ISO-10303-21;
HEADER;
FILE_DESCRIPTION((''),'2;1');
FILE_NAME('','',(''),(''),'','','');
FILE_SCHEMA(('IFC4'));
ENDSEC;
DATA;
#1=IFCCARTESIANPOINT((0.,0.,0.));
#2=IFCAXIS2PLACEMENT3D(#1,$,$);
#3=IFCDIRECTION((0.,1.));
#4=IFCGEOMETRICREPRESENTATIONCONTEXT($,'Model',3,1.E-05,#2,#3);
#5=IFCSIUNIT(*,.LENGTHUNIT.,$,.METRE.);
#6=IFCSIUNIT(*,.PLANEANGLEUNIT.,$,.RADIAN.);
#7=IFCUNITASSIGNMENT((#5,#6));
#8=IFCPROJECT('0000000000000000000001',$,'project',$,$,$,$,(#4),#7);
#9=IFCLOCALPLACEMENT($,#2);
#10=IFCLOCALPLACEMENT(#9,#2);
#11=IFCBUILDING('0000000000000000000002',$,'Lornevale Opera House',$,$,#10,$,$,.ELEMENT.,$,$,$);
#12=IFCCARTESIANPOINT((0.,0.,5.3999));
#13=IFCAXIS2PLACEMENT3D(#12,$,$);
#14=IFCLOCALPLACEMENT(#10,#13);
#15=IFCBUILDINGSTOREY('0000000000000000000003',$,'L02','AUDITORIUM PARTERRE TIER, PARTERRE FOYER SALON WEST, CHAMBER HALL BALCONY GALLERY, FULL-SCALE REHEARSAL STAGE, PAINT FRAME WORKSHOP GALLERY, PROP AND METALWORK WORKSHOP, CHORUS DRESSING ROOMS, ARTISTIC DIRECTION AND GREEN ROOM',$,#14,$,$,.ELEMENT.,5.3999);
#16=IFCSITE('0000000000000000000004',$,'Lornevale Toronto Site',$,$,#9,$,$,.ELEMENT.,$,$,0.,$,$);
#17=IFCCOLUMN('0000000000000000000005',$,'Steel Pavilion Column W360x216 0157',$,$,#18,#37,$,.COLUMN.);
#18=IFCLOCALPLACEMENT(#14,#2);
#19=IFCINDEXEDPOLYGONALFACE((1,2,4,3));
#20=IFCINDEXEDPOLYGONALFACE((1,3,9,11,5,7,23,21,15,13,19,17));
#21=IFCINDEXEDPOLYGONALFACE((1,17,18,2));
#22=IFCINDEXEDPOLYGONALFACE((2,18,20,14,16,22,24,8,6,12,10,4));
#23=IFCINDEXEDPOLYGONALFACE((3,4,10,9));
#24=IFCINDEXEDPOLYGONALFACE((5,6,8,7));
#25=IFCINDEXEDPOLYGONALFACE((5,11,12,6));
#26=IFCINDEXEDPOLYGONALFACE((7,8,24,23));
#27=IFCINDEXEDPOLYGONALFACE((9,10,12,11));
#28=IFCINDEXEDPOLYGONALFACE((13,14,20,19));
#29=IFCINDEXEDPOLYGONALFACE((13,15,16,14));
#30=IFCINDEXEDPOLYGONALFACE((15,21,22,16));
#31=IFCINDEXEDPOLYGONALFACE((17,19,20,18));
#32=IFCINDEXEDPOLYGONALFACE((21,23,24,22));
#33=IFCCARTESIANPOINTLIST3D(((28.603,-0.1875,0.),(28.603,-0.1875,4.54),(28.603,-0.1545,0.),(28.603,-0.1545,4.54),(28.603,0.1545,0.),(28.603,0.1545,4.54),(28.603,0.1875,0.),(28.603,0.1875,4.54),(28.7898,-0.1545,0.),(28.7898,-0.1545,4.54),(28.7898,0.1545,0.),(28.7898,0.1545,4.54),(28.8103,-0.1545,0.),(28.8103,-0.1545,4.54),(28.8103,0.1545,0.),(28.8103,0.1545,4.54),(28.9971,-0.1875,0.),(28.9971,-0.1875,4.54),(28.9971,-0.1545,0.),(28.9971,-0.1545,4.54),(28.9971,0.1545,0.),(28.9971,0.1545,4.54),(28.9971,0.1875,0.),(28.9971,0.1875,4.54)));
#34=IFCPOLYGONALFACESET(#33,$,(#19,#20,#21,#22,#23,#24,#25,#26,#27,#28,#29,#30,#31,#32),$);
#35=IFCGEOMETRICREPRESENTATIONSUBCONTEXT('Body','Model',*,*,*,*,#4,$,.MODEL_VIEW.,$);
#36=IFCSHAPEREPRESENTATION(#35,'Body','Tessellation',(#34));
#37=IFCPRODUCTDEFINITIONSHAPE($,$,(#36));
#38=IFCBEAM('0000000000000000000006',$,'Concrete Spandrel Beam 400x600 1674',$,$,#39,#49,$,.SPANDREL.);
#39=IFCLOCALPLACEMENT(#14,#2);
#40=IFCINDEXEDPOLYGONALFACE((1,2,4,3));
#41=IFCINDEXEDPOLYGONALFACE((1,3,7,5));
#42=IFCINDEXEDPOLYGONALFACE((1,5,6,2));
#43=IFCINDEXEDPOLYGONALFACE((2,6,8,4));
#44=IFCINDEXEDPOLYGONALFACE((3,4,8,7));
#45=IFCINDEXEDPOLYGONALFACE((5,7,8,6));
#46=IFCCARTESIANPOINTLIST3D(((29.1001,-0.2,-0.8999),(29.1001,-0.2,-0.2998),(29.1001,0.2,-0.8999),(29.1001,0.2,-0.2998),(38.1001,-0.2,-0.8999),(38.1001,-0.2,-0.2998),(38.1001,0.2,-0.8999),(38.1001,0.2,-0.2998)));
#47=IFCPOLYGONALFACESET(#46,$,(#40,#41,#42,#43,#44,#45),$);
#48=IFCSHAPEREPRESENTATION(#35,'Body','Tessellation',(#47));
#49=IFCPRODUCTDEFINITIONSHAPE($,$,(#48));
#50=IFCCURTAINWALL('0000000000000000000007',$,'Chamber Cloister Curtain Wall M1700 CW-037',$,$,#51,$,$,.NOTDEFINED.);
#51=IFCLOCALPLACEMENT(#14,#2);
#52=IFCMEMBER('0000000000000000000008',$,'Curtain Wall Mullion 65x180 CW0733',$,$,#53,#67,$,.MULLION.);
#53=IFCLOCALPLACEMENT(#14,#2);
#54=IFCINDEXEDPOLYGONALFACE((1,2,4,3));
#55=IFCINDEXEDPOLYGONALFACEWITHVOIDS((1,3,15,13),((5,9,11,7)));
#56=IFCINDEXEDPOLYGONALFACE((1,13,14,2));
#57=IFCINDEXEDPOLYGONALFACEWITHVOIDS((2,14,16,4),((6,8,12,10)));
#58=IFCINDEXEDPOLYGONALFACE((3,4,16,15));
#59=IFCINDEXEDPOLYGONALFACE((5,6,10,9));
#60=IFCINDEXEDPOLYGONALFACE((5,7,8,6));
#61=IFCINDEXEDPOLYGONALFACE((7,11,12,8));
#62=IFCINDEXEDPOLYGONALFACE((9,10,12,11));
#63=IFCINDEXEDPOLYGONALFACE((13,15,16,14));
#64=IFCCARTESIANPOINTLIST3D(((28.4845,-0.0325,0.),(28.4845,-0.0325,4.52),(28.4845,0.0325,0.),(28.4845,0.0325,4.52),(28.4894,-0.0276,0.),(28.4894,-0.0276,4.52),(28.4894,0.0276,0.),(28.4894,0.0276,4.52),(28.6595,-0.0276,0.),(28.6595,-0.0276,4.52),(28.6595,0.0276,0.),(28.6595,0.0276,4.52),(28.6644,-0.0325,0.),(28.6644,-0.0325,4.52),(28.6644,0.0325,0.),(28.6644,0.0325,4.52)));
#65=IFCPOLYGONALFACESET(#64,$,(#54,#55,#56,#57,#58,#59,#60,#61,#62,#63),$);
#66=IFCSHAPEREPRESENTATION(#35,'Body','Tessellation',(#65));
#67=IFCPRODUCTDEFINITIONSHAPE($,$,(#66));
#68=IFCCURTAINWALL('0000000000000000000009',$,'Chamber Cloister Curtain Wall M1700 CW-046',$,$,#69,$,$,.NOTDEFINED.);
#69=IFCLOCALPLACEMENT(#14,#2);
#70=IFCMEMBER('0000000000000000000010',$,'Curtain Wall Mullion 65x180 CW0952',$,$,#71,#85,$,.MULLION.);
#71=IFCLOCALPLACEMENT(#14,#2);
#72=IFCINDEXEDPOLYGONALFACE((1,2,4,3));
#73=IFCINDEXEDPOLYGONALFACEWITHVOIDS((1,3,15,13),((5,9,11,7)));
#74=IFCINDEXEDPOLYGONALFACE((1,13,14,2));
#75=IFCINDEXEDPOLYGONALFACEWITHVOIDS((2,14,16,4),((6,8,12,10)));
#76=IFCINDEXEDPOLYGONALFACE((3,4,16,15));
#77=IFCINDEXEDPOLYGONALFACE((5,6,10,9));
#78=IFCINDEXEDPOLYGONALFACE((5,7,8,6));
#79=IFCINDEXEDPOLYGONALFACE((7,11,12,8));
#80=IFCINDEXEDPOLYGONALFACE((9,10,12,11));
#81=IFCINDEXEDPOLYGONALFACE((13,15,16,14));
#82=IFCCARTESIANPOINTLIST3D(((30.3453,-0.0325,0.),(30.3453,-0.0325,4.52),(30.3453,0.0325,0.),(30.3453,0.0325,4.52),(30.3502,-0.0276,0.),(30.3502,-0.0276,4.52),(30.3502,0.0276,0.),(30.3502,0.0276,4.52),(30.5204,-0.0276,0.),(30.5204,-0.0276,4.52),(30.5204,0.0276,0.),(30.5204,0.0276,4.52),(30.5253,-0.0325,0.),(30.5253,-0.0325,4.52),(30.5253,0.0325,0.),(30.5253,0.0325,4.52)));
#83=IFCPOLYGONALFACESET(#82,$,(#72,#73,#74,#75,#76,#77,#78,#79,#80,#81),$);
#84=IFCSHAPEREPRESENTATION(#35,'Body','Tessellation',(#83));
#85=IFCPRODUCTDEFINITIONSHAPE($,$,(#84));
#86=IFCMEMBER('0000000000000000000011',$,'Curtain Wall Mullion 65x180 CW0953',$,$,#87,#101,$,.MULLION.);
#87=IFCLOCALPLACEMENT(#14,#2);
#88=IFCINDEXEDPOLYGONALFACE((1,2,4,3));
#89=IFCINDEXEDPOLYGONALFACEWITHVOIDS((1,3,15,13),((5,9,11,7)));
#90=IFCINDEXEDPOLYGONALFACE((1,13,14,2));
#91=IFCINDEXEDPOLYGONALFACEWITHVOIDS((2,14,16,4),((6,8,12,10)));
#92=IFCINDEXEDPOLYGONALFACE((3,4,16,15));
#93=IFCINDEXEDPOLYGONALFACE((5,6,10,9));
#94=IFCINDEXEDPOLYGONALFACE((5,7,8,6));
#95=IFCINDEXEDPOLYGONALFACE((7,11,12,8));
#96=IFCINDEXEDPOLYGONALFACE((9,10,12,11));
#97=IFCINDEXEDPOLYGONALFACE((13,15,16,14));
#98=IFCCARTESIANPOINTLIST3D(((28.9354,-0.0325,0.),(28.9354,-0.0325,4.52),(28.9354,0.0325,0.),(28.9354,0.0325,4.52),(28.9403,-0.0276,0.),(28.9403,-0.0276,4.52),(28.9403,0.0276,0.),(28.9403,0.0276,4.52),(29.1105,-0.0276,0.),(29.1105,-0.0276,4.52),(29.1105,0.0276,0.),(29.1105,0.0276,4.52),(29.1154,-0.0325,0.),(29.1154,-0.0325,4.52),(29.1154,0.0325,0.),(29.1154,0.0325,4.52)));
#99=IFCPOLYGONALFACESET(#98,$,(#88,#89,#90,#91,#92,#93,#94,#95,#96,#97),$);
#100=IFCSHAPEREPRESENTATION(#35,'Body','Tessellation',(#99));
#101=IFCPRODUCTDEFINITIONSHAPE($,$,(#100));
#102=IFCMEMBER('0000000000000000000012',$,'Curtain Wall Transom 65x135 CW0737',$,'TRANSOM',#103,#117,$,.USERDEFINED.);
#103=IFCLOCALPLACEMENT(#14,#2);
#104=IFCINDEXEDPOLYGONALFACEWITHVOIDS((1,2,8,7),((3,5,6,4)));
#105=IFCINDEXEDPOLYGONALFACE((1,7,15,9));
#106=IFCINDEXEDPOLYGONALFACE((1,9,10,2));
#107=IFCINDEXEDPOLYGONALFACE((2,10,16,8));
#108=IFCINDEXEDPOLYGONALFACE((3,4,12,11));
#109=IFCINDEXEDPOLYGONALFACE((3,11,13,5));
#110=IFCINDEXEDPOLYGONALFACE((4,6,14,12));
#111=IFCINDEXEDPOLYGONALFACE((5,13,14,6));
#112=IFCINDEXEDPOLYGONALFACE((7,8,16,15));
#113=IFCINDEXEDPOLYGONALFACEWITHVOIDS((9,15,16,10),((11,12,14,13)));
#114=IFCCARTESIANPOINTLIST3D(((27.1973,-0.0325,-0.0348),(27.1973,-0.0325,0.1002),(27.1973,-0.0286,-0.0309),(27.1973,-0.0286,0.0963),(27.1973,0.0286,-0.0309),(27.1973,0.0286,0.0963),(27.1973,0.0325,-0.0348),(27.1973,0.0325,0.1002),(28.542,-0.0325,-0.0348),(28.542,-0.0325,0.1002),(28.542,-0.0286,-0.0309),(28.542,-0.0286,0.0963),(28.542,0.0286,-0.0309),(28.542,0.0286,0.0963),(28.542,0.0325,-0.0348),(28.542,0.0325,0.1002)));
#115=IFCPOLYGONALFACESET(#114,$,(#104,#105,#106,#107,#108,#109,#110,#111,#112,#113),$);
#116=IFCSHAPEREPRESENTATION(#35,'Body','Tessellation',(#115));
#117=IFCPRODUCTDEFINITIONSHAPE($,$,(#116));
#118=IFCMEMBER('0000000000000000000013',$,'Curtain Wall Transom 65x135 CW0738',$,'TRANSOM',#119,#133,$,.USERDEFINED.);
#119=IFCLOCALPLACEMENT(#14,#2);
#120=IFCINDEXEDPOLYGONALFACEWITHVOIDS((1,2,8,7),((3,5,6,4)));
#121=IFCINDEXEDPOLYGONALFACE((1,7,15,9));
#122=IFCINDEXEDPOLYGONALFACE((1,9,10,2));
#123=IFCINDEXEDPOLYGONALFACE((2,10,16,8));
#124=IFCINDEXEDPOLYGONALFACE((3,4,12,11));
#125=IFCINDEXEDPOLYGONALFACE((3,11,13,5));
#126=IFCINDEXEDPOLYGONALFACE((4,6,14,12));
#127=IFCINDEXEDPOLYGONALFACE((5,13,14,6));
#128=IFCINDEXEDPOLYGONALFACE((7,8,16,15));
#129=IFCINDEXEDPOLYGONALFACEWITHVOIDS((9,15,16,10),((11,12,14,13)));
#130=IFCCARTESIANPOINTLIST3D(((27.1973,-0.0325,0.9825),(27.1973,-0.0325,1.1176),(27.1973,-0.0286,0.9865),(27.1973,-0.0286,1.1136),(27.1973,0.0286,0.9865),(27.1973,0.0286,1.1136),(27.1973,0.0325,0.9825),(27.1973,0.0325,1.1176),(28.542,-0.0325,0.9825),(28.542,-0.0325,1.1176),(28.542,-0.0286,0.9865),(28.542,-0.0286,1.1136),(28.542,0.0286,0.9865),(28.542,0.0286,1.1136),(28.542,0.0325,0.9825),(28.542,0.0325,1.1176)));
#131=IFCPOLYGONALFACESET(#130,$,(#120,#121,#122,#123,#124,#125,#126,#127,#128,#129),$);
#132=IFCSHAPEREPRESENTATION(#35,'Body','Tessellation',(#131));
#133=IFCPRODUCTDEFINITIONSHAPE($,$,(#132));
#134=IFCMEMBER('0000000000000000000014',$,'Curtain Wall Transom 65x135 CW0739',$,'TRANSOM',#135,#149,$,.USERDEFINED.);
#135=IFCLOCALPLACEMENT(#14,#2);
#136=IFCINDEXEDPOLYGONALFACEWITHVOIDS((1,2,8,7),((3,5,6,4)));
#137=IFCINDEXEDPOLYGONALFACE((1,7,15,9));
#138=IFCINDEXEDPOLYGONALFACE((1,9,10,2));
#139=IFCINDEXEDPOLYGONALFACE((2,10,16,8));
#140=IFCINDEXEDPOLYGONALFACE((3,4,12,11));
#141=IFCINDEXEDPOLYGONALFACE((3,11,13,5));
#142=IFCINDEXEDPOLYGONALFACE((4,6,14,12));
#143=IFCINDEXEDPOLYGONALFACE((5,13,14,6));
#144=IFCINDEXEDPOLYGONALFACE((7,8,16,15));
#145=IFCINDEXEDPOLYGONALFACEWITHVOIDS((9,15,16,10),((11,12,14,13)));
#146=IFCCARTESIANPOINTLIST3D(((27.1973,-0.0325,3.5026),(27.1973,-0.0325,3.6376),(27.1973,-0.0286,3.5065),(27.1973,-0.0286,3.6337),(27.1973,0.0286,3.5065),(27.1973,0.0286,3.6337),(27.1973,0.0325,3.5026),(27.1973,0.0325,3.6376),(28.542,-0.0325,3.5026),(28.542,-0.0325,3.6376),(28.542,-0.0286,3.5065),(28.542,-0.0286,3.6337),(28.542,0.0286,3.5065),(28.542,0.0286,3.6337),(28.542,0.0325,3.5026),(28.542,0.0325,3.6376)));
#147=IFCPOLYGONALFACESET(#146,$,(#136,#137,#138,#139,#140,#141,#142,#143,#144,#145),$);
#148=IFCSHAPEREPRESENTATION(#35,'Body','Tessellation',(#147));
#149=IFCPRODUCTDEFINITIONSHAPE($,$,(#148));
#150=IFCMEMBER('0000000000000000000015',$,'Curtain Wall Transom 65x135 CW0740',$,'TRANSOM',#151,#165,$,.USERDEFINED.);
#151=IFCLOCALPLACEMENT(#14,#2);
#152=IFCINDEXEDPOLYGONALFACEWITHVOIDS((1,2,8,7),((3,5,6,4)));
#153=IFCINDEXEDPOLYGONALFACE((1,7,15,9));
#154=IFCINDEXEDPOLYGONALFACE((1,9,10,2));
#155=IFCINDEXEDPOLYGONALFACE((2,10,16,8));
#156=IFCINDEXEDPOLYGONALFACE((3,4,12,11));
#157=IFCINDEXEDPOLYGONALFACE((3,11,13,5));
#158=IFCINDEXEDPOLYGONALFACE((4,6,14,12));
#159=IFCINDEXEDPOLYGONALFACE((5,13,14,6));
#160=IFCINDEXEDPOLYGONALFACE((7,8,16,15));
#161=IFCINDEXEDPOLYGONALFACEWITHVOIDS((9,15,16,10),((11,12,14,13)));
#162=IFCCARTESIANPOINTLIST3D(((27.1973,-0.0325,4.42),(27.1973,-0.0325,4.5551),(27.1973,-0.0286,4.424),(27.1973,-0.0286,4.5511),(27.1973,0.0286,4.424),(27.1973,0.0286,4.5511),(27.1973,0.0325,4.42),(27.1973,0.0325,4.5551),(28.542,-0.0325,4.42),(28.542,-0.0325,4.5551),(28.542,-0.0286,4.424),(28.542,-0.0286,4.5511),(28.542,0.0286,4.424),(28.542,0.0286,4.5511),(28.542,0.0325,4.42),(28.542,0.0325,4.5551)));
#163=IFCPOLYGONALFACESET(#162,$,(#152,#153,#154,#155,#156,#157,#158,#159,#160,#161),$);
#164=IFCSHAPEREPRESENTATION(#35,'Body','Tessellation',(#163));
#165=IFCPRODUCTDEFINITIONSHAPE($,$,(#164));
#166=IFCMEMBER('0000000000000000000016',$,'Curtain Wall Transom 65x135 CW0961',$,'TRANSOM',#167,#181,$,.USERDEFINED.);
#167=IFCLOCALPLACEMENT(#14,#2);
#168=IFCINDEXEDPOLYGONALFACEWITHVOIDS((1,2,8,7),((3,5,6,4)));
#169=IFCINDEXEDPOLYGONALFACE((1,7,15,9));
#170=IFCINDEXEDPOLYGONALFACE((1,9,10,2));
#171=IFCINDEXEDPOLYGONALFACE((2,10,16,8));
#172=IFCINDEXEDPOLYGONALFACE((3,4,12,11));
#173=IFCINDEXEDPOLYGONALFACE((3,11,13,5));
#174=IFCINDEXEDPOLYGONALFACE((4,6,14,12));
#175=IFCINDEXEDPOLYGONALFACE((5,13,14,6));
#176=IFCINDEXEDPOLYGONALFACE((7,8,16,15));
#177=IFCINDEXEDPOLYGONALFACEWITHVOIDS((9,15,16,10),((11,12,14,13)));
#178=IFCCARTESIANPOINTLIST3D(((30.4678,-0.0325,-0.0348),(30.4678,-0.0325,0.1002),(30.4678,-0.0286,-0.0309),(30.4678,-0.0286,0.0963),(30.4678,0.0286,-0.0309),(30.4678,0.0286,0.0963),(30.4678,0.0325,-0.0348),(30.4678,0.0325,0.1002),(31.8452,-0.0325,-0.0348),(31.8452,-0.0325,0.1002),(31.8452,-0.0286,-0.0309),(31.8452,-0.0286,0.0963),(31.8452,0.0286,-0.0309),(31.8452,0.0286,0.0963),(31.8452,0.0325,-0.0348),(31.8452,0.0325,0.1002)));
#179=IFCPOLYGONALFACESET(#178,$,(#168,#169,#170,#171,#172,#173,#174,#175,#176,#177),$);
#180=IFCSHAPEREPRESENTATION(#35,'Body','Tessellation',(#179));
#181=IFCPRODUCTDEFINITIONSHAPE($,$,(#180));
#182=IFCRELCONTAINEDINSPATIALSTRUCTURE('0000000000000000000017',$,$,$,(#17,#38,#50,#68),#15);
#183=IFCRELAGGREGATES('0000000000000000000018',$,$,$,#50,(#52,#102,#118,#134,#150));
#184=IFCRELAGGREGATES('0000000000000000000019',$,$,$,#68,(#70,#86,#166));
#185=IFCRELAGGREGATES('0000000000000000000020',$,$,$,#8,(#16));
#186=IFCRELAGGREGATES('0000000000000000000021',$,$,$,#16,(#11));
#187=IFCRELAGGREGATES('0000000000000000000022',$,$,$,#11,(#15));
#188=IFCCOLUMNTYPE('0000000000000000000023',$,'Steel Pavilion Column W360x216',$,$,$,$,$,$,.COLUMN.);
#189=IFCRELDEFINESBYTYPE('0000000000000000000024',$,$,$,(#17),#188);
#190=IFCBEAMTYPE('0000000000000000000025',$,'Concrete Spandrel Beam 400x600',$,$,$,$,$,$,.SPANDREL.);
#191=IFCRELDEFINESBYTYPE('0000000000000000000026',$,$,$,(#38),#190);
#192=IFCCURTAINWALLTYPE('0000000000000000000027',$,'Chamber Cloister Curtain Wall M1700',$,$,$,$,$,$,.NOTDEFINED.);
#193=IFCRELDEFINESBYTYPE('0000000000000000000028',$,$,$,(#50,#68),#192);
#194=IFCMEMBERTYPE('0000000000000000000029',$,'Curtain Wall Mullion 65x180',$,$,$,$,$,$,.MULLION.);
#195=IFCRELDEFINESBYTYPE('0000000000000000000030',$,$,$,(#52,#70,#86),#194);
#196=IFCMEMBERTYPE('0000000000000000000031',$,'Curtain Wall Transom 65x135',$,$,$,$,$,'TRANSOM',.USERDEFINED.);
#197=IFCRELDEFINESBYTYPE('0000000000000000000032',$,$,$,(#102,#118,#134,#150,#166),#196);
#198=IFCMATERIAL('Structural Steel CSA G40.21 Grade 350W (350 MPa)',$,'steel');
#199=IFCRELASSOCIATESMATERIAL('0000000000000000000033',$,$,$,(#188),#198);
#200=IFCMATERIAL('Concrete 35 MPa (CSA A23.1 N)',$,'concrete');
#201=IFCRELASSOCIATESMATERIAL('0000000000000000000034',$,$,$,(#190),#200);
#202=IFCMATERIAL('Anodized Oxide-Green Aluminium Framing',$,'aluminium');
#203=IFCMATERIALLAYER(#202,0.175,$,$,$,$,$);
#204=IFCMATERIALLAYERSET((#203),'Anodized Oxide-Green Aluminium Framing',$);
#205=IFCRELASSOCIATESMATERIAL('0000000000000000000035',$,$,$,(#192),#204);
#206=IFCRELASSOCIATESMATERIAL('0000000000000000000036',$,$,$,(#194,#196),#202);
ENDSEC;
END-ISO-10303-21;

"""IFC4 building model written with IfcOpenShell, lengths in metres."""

from ifc_helpers import new_model, si_unit, direction, frame, origin, origin_2d, place, context, subcontext, project, spatial, rectangle, hollow_rectangle, i_section, extrude, material, layer, layer_set, material_profile, profile_set, type_object, element, aggregate, save


model = new_model("IFC4")

# Units and contexts
model_context = context("Model", 3, precision=1e-05, world=origin(), true_north=direction((0.0, 1.0)))
body_context = subcontext(model_context, "Body", "Model", "MODEL_VIEW")
ifc_project = project(units=[si_unit("LENGTHUNIT", "METRE"), si_unit("PLANEANGLEUNIT", "RADIAN")], contexts=[model_context])

# Site, building, storey
site_placement = place(None, origin())
site = spatial("IfcSite", under=ifc_project, at=site_placement, Name="Lornevale Toronto Site", CompositionType="ELEMENT", RefElevation=0.0)
building_placement = place(site_placement, origin())
building = spatial("IfcBuilding", under=site, at=building_placement, Name="Lornevale Opera House", CompositionType="ELEMENT")
storey_placement = place(building_placement, frame((0.0, 0.0, 5.3999)))
storey = spatial("IfcBuildingStorey", under=building, at=storey_placement, Name="L02", Description="AUDITORIUM PARTERRE TIER, PARTERRE FOYER SALON WEST, CHAMBER HALL BALCONY GALLERY, FULL-SCALE REHEARSAL STAGE, PAINT FRAME WORKSHOP GALLERY, PROP AND METALWORK WORKSHOP, CHORUS DRESSING ROOMS, ARTISTIC DIRECTION AND GREEN ROOM", CompositionType="ELEMENT", Elevation=5.3999)

# Column
ifc_material_1 = material(Name="Structural Steel CSA G40.21 Grade 350W (350 MPa)", Category="steel")
ifc_material_profile_1 = material_profile(ifc_material_1, i_section(OverallWidth=0.394, OverallDepth=0.375, WebThickness=0.0205, FlangeThickness=0.033, at=origin_2d()), Name="W360x216")
ifc_profile_set_1 = profile_set([ifc_material_profile_1], Name="Structural Steel CSA G40.21 Grade 350W (350 MPa)")
column_type = type_object("IfcColumnType", Name="Steel Pavilion Column W360x216", PredefinedType="COLUMN", material=ifc_profile_set_1)
column_placement = place(storey_placement, frame((28.8, 0.0, 0.0), z_axis=(0.0, 0.0, 1.0), x_axis=(1.0, 0.0, 0.0)))
element("IfcColumn", 1, at=column_placement, inside=storey, type_object=column_type, Name="Steel Pavilion Column W360x216 0157", PredefinedType="COLUMN", context=body_context, shape_type="SweptSolid", body=[
    extrude(i_section(OverallWidth=0.394, OverallDepth=0.375, WebThickness=0.0205, FlangeThickness=0.033, at=origin_2d()), origin(), (0.0, 0.0, 1.0), 4.54),
])

# Beam
ifc_material_2 = material(Name="Concrete 35 MPa (CSA A23.1 N)", Category="concrete")
ifc_material_profile_2 = material_profile(ifc_material_2, rectangle(XDim=0.3999, YDim=0.6001, at=origin_2d()), Name="RC400x600")
ifc_profile_set_2 = profile_set([ifc_material_profile_2], Name="Concrete 35 MPa (CSA A23.1 N)")
beam_type = type_object("IfcBeamType", Name="Concrete Spandrel Beam 400x600", PredefinedType="SPANDREL", material=ifc_profile_set_2)
beam_placement = place(storey_placement, frame((29.1001, 0.0, -0.5999), z_axis=(1.0, 0.0, 0.0), x_axis=(0.0, 1.0, 0.0)))
element("IfcBeam", 2, at=beam_placement, inside=storey, type_object=beam_type, Name="Concrete Spandrel Beam 400x600 1674", PredefinedType="SPANDREL", context=body_context, shape_type="SweptSolid", body=[
    extrude(rectangle(XDim=0.3999, YDim=0.6001, at=origin_2d()), origin(), (0.0, 0.0, 1.0), 9.0),
])

# Curtain wall, member
ifc_material_3 = material(Name="Anodized Oxide-Green Aluminium Framing", Category="aluminium")
ifc_layer_1 = layer(ifc_material_3, 0.175)
ifc_layer_set_1 = layer_set([ifc_layer_1], Name="Anodized Oxide-Green Aluminium Framing")
curtain_wall_type = type_object("IfcCurtainWallType", Name="Chamber Cloister Curtain Wall M1700", PredefinedType="NOTDEFINED", material=ifc_layer_set_1)
curtain_wall_1_placement = place(storey_placement, origin())
curtain_wall_1 = element("IfcCurtainWall", 3, at=curtain_wall_1_placement, inside=storey, type_object=curtain_wall_type, Name="Chamber Cloister Curtain Wall M1700 CW-037", PredefinedType="NOTDEFINED")
ifc_material_profile_3 = material_profile(ifc_material_3, hollow_rectangle(XDim=0.0649, YDim=0.1799, WallThickness=0.0049, at=origin_2d()), Name="ALU65x180x5")
ifc_profile_set_3 = profile_set([ifc_material_profile_3], Name="Anodized Oxide-Green Aluminium Framing")
member_type_1 = type_object("IfcMemberType", Name="Curtain Wall Mullion 65x180", PredefinedType="MULLION", material=ifc_profile_set_3)
member_1_placement = place(storey_placement, frame((28.5745, 0.0, 0.0), z_axis=(0.0, 0.0, 1.0), x_axis=(0.0, -1.0, 0.0)))
member_1 = element("IfcMember", 4, at=member_1_placement, type_object=member_type_1, Name="Curtain Wall Mullion 65x180 CW0733", PredefinedType="MULLION", context=body_context, shape_type="SweptSolid", body=[
    extrude(hollow_rectangle(XDim=0.0649, YDim=0.1799, WallThickness=0.0049, at=origin_2d()), origin(), (0.0, 0.0, 1.0), 4.52),
])

# Curtain wall, members
curtain_wall_2_placement = place(storey_placement, origin())
curtain_wall_2 = element("IfcCurtainWall", 5, at=curtain_wall_2_placement, inside=storey, type_object=curtain_wall_type, Name="Chamber Cloister Curtain Wall M1700 CW-046", PredefinedType="NOTDEFINED")
member_2_placement = place(storey_placement, frame((30.4353, 0.0, 0.0), z_axis=(0.0, 0.0, 1.0), x_axis=(0.0, -1.0, 0.0)))
member_2 = element("IfcMember", 6, at=member_2_placement, type_object=member_type_1, Name="Curtain Wall Mullion 65x180 CW0952", PredefinedType="MULLION", context=body_context, shape_type="SweptSolid", body=[
    extrude(hollow_rectangle(XDim=0.0649, YDim=0.1799, WallThickness=0.0049, at=origin_2d()), origin(), (0.0, 0.0, 1.0), 4.52),
])
member_3_placement = place(storey_placement, frame((29.0254, 0.0, 0.0), z_axis=(0.0, 0.0, 1.0), x_axis=(0.0, -1.0, 0.0)))
member_3 = element("IfcMember", 7, at=member_3_placement, type_object=member_type_1, Name="Curtain Wall Mullion 65x180 CW0953", PredefinedType="MULLION", context=body_context, shape_type="SweptSolid", body=[
    extrude(hollow_rectangle(XDim=0.0649, YDim=0.1799, WallThickness=0.0049, at=origin_2d()), origin(), (0.0, 0.0, 1.0), 4.52),
])

# Members
ifc_material_profile_4 = material_profile(ifc_material_3, hollow_rectangle(XDim=0.0649, YDim=0.135, WallThickness=0.0039, at=origin_2d()), Name="ALU65x135x4")
ifc_profile_set_4 = profile_set([ifc_material_profile_4], Name="Anodized Oxide-Green Aluminium Framing")
member_type_2 = type_object("IfcMemberType", Name="Curtain Wall Transom 65x135", ElementType="TRANSOM", PredefinedType="USERDEFINED", material=ifc_profile_set_4)
member_4_placement = place(storey_placement, frame((28.542, 0.0, 0.0327), z_axis=(-1.0, 0.0, 0.0), x_axis=(0.0, -1.0, 0.0)))
member_4 = element("IfcMember", 8, at=member_4_placement, type_object=member_type_2, Name="Curtain Wall Transom 65x135 CW0737", ObjectType="TRANSOM", PredefinedType="USERDEFINED", context=body_context, shape_type="SweptSolid", body=[
    extrude(hollow_rectangle(XDim=0.0649, YDim=0.135, WallThickness=0.0039, at=origin_2d()), origin(), (0.0, 0.0, 1.0), 1.3447),
])
member_5_placement = place(storey_placement, frame((28.542, 0.0, 1.05), z_axis=(-1.0, 0.0, 0.0), x_axis=(0.0, -1.0, 0.0)))
member_5 = element("IfcMember", 9, at=member_5_placement, type_object=member_type_2, Name="Curtain Wall Transom 65x135 CW0738", ObjectType="TRANSOM", PredefinedType="USERDEFINED", context=body_context, shape_type="SweptSolid", body=[
    extrude(hollow_rectangle(XDim=0.0649, YDim=0.135, WallThickness=0.0039, at=origin_2d()), origin(), (0.0, 0.0, 1.0), 1.3447),
])
member_6_placement = place(storey_placement, frame((28.542, 0.0, 3.5701), z_axis=(-1.0, 0.0, 0.0), x_axis=(0.0, -1.0, 0.0)))
member_6 = element("IfcMember", 10, at=member_6_placement, type_object=member_type_2, Name="Curtain Wall Transom 65x135 CW0739", ObjectType="TRANSOM", PredefinedType="USERDEFINED", context=body_context, shape_type="SweptSolid", body=[
    extrude(hollow_rectangle(XDim=0.0649, YDim=0.135, WallThickness=0.0039, at=origin_2d()), origin(), (0.0, 0.0, 1.0), 1.3447),
])
member_7_placement = place(storey_placement, frame((28.542, 0.0, 4.4875), z_axis=(-1.0, 0.0, 0.0), x_axis=(0.0, -1.0, 0.0)))
member_7 = element("IfcMember", 11, at=member_7_placement, type_object=member_type_2, Name="Curtain Wall Transom 65x135 CW0740", ObjectType="TRANSOM", PredefinedType="USERDEFINED", context=body_context, shape_type="SweptSolid", body=[
    extrude(hollow_rectangle(XDim=0.0649, YDim=0.135, WallThickness=0.0039, at=origin_2d()), origin(), (0.0, 0.0, 1.0), 1.3447),
])
aggregate(curtain_wall_1, [member_1, member_4, member_5, member_6, member_7])
member_8_placement = place(storey_placement, frame((31.8452, 0.0, 0.0327), z_axis=(-1.0, 0.0, 0.0), x_axis=(0.0, -1.0, 0.0)))
member_8 = element("IfcMember", 12, at=member_8_placement, type_object=member_type_2, Name="Curtain Wall Transom 65x135 CW0961", ObjectType="TRANSOM", PredefinedType="USERDEFINED", context=body_context, shape_type="SweptSolid", body=[
    extrude(hollow_rectangle(XDim=0.0649, YDim=0.135, WallThickness=0.0039, at=origin_2d()), origin(), (0.0, 0.0, 1.0), 1.3774),
])

aggregate(curtain_wall_2, [member_2, member_3, member_8])

save(model, "model.ifc")
